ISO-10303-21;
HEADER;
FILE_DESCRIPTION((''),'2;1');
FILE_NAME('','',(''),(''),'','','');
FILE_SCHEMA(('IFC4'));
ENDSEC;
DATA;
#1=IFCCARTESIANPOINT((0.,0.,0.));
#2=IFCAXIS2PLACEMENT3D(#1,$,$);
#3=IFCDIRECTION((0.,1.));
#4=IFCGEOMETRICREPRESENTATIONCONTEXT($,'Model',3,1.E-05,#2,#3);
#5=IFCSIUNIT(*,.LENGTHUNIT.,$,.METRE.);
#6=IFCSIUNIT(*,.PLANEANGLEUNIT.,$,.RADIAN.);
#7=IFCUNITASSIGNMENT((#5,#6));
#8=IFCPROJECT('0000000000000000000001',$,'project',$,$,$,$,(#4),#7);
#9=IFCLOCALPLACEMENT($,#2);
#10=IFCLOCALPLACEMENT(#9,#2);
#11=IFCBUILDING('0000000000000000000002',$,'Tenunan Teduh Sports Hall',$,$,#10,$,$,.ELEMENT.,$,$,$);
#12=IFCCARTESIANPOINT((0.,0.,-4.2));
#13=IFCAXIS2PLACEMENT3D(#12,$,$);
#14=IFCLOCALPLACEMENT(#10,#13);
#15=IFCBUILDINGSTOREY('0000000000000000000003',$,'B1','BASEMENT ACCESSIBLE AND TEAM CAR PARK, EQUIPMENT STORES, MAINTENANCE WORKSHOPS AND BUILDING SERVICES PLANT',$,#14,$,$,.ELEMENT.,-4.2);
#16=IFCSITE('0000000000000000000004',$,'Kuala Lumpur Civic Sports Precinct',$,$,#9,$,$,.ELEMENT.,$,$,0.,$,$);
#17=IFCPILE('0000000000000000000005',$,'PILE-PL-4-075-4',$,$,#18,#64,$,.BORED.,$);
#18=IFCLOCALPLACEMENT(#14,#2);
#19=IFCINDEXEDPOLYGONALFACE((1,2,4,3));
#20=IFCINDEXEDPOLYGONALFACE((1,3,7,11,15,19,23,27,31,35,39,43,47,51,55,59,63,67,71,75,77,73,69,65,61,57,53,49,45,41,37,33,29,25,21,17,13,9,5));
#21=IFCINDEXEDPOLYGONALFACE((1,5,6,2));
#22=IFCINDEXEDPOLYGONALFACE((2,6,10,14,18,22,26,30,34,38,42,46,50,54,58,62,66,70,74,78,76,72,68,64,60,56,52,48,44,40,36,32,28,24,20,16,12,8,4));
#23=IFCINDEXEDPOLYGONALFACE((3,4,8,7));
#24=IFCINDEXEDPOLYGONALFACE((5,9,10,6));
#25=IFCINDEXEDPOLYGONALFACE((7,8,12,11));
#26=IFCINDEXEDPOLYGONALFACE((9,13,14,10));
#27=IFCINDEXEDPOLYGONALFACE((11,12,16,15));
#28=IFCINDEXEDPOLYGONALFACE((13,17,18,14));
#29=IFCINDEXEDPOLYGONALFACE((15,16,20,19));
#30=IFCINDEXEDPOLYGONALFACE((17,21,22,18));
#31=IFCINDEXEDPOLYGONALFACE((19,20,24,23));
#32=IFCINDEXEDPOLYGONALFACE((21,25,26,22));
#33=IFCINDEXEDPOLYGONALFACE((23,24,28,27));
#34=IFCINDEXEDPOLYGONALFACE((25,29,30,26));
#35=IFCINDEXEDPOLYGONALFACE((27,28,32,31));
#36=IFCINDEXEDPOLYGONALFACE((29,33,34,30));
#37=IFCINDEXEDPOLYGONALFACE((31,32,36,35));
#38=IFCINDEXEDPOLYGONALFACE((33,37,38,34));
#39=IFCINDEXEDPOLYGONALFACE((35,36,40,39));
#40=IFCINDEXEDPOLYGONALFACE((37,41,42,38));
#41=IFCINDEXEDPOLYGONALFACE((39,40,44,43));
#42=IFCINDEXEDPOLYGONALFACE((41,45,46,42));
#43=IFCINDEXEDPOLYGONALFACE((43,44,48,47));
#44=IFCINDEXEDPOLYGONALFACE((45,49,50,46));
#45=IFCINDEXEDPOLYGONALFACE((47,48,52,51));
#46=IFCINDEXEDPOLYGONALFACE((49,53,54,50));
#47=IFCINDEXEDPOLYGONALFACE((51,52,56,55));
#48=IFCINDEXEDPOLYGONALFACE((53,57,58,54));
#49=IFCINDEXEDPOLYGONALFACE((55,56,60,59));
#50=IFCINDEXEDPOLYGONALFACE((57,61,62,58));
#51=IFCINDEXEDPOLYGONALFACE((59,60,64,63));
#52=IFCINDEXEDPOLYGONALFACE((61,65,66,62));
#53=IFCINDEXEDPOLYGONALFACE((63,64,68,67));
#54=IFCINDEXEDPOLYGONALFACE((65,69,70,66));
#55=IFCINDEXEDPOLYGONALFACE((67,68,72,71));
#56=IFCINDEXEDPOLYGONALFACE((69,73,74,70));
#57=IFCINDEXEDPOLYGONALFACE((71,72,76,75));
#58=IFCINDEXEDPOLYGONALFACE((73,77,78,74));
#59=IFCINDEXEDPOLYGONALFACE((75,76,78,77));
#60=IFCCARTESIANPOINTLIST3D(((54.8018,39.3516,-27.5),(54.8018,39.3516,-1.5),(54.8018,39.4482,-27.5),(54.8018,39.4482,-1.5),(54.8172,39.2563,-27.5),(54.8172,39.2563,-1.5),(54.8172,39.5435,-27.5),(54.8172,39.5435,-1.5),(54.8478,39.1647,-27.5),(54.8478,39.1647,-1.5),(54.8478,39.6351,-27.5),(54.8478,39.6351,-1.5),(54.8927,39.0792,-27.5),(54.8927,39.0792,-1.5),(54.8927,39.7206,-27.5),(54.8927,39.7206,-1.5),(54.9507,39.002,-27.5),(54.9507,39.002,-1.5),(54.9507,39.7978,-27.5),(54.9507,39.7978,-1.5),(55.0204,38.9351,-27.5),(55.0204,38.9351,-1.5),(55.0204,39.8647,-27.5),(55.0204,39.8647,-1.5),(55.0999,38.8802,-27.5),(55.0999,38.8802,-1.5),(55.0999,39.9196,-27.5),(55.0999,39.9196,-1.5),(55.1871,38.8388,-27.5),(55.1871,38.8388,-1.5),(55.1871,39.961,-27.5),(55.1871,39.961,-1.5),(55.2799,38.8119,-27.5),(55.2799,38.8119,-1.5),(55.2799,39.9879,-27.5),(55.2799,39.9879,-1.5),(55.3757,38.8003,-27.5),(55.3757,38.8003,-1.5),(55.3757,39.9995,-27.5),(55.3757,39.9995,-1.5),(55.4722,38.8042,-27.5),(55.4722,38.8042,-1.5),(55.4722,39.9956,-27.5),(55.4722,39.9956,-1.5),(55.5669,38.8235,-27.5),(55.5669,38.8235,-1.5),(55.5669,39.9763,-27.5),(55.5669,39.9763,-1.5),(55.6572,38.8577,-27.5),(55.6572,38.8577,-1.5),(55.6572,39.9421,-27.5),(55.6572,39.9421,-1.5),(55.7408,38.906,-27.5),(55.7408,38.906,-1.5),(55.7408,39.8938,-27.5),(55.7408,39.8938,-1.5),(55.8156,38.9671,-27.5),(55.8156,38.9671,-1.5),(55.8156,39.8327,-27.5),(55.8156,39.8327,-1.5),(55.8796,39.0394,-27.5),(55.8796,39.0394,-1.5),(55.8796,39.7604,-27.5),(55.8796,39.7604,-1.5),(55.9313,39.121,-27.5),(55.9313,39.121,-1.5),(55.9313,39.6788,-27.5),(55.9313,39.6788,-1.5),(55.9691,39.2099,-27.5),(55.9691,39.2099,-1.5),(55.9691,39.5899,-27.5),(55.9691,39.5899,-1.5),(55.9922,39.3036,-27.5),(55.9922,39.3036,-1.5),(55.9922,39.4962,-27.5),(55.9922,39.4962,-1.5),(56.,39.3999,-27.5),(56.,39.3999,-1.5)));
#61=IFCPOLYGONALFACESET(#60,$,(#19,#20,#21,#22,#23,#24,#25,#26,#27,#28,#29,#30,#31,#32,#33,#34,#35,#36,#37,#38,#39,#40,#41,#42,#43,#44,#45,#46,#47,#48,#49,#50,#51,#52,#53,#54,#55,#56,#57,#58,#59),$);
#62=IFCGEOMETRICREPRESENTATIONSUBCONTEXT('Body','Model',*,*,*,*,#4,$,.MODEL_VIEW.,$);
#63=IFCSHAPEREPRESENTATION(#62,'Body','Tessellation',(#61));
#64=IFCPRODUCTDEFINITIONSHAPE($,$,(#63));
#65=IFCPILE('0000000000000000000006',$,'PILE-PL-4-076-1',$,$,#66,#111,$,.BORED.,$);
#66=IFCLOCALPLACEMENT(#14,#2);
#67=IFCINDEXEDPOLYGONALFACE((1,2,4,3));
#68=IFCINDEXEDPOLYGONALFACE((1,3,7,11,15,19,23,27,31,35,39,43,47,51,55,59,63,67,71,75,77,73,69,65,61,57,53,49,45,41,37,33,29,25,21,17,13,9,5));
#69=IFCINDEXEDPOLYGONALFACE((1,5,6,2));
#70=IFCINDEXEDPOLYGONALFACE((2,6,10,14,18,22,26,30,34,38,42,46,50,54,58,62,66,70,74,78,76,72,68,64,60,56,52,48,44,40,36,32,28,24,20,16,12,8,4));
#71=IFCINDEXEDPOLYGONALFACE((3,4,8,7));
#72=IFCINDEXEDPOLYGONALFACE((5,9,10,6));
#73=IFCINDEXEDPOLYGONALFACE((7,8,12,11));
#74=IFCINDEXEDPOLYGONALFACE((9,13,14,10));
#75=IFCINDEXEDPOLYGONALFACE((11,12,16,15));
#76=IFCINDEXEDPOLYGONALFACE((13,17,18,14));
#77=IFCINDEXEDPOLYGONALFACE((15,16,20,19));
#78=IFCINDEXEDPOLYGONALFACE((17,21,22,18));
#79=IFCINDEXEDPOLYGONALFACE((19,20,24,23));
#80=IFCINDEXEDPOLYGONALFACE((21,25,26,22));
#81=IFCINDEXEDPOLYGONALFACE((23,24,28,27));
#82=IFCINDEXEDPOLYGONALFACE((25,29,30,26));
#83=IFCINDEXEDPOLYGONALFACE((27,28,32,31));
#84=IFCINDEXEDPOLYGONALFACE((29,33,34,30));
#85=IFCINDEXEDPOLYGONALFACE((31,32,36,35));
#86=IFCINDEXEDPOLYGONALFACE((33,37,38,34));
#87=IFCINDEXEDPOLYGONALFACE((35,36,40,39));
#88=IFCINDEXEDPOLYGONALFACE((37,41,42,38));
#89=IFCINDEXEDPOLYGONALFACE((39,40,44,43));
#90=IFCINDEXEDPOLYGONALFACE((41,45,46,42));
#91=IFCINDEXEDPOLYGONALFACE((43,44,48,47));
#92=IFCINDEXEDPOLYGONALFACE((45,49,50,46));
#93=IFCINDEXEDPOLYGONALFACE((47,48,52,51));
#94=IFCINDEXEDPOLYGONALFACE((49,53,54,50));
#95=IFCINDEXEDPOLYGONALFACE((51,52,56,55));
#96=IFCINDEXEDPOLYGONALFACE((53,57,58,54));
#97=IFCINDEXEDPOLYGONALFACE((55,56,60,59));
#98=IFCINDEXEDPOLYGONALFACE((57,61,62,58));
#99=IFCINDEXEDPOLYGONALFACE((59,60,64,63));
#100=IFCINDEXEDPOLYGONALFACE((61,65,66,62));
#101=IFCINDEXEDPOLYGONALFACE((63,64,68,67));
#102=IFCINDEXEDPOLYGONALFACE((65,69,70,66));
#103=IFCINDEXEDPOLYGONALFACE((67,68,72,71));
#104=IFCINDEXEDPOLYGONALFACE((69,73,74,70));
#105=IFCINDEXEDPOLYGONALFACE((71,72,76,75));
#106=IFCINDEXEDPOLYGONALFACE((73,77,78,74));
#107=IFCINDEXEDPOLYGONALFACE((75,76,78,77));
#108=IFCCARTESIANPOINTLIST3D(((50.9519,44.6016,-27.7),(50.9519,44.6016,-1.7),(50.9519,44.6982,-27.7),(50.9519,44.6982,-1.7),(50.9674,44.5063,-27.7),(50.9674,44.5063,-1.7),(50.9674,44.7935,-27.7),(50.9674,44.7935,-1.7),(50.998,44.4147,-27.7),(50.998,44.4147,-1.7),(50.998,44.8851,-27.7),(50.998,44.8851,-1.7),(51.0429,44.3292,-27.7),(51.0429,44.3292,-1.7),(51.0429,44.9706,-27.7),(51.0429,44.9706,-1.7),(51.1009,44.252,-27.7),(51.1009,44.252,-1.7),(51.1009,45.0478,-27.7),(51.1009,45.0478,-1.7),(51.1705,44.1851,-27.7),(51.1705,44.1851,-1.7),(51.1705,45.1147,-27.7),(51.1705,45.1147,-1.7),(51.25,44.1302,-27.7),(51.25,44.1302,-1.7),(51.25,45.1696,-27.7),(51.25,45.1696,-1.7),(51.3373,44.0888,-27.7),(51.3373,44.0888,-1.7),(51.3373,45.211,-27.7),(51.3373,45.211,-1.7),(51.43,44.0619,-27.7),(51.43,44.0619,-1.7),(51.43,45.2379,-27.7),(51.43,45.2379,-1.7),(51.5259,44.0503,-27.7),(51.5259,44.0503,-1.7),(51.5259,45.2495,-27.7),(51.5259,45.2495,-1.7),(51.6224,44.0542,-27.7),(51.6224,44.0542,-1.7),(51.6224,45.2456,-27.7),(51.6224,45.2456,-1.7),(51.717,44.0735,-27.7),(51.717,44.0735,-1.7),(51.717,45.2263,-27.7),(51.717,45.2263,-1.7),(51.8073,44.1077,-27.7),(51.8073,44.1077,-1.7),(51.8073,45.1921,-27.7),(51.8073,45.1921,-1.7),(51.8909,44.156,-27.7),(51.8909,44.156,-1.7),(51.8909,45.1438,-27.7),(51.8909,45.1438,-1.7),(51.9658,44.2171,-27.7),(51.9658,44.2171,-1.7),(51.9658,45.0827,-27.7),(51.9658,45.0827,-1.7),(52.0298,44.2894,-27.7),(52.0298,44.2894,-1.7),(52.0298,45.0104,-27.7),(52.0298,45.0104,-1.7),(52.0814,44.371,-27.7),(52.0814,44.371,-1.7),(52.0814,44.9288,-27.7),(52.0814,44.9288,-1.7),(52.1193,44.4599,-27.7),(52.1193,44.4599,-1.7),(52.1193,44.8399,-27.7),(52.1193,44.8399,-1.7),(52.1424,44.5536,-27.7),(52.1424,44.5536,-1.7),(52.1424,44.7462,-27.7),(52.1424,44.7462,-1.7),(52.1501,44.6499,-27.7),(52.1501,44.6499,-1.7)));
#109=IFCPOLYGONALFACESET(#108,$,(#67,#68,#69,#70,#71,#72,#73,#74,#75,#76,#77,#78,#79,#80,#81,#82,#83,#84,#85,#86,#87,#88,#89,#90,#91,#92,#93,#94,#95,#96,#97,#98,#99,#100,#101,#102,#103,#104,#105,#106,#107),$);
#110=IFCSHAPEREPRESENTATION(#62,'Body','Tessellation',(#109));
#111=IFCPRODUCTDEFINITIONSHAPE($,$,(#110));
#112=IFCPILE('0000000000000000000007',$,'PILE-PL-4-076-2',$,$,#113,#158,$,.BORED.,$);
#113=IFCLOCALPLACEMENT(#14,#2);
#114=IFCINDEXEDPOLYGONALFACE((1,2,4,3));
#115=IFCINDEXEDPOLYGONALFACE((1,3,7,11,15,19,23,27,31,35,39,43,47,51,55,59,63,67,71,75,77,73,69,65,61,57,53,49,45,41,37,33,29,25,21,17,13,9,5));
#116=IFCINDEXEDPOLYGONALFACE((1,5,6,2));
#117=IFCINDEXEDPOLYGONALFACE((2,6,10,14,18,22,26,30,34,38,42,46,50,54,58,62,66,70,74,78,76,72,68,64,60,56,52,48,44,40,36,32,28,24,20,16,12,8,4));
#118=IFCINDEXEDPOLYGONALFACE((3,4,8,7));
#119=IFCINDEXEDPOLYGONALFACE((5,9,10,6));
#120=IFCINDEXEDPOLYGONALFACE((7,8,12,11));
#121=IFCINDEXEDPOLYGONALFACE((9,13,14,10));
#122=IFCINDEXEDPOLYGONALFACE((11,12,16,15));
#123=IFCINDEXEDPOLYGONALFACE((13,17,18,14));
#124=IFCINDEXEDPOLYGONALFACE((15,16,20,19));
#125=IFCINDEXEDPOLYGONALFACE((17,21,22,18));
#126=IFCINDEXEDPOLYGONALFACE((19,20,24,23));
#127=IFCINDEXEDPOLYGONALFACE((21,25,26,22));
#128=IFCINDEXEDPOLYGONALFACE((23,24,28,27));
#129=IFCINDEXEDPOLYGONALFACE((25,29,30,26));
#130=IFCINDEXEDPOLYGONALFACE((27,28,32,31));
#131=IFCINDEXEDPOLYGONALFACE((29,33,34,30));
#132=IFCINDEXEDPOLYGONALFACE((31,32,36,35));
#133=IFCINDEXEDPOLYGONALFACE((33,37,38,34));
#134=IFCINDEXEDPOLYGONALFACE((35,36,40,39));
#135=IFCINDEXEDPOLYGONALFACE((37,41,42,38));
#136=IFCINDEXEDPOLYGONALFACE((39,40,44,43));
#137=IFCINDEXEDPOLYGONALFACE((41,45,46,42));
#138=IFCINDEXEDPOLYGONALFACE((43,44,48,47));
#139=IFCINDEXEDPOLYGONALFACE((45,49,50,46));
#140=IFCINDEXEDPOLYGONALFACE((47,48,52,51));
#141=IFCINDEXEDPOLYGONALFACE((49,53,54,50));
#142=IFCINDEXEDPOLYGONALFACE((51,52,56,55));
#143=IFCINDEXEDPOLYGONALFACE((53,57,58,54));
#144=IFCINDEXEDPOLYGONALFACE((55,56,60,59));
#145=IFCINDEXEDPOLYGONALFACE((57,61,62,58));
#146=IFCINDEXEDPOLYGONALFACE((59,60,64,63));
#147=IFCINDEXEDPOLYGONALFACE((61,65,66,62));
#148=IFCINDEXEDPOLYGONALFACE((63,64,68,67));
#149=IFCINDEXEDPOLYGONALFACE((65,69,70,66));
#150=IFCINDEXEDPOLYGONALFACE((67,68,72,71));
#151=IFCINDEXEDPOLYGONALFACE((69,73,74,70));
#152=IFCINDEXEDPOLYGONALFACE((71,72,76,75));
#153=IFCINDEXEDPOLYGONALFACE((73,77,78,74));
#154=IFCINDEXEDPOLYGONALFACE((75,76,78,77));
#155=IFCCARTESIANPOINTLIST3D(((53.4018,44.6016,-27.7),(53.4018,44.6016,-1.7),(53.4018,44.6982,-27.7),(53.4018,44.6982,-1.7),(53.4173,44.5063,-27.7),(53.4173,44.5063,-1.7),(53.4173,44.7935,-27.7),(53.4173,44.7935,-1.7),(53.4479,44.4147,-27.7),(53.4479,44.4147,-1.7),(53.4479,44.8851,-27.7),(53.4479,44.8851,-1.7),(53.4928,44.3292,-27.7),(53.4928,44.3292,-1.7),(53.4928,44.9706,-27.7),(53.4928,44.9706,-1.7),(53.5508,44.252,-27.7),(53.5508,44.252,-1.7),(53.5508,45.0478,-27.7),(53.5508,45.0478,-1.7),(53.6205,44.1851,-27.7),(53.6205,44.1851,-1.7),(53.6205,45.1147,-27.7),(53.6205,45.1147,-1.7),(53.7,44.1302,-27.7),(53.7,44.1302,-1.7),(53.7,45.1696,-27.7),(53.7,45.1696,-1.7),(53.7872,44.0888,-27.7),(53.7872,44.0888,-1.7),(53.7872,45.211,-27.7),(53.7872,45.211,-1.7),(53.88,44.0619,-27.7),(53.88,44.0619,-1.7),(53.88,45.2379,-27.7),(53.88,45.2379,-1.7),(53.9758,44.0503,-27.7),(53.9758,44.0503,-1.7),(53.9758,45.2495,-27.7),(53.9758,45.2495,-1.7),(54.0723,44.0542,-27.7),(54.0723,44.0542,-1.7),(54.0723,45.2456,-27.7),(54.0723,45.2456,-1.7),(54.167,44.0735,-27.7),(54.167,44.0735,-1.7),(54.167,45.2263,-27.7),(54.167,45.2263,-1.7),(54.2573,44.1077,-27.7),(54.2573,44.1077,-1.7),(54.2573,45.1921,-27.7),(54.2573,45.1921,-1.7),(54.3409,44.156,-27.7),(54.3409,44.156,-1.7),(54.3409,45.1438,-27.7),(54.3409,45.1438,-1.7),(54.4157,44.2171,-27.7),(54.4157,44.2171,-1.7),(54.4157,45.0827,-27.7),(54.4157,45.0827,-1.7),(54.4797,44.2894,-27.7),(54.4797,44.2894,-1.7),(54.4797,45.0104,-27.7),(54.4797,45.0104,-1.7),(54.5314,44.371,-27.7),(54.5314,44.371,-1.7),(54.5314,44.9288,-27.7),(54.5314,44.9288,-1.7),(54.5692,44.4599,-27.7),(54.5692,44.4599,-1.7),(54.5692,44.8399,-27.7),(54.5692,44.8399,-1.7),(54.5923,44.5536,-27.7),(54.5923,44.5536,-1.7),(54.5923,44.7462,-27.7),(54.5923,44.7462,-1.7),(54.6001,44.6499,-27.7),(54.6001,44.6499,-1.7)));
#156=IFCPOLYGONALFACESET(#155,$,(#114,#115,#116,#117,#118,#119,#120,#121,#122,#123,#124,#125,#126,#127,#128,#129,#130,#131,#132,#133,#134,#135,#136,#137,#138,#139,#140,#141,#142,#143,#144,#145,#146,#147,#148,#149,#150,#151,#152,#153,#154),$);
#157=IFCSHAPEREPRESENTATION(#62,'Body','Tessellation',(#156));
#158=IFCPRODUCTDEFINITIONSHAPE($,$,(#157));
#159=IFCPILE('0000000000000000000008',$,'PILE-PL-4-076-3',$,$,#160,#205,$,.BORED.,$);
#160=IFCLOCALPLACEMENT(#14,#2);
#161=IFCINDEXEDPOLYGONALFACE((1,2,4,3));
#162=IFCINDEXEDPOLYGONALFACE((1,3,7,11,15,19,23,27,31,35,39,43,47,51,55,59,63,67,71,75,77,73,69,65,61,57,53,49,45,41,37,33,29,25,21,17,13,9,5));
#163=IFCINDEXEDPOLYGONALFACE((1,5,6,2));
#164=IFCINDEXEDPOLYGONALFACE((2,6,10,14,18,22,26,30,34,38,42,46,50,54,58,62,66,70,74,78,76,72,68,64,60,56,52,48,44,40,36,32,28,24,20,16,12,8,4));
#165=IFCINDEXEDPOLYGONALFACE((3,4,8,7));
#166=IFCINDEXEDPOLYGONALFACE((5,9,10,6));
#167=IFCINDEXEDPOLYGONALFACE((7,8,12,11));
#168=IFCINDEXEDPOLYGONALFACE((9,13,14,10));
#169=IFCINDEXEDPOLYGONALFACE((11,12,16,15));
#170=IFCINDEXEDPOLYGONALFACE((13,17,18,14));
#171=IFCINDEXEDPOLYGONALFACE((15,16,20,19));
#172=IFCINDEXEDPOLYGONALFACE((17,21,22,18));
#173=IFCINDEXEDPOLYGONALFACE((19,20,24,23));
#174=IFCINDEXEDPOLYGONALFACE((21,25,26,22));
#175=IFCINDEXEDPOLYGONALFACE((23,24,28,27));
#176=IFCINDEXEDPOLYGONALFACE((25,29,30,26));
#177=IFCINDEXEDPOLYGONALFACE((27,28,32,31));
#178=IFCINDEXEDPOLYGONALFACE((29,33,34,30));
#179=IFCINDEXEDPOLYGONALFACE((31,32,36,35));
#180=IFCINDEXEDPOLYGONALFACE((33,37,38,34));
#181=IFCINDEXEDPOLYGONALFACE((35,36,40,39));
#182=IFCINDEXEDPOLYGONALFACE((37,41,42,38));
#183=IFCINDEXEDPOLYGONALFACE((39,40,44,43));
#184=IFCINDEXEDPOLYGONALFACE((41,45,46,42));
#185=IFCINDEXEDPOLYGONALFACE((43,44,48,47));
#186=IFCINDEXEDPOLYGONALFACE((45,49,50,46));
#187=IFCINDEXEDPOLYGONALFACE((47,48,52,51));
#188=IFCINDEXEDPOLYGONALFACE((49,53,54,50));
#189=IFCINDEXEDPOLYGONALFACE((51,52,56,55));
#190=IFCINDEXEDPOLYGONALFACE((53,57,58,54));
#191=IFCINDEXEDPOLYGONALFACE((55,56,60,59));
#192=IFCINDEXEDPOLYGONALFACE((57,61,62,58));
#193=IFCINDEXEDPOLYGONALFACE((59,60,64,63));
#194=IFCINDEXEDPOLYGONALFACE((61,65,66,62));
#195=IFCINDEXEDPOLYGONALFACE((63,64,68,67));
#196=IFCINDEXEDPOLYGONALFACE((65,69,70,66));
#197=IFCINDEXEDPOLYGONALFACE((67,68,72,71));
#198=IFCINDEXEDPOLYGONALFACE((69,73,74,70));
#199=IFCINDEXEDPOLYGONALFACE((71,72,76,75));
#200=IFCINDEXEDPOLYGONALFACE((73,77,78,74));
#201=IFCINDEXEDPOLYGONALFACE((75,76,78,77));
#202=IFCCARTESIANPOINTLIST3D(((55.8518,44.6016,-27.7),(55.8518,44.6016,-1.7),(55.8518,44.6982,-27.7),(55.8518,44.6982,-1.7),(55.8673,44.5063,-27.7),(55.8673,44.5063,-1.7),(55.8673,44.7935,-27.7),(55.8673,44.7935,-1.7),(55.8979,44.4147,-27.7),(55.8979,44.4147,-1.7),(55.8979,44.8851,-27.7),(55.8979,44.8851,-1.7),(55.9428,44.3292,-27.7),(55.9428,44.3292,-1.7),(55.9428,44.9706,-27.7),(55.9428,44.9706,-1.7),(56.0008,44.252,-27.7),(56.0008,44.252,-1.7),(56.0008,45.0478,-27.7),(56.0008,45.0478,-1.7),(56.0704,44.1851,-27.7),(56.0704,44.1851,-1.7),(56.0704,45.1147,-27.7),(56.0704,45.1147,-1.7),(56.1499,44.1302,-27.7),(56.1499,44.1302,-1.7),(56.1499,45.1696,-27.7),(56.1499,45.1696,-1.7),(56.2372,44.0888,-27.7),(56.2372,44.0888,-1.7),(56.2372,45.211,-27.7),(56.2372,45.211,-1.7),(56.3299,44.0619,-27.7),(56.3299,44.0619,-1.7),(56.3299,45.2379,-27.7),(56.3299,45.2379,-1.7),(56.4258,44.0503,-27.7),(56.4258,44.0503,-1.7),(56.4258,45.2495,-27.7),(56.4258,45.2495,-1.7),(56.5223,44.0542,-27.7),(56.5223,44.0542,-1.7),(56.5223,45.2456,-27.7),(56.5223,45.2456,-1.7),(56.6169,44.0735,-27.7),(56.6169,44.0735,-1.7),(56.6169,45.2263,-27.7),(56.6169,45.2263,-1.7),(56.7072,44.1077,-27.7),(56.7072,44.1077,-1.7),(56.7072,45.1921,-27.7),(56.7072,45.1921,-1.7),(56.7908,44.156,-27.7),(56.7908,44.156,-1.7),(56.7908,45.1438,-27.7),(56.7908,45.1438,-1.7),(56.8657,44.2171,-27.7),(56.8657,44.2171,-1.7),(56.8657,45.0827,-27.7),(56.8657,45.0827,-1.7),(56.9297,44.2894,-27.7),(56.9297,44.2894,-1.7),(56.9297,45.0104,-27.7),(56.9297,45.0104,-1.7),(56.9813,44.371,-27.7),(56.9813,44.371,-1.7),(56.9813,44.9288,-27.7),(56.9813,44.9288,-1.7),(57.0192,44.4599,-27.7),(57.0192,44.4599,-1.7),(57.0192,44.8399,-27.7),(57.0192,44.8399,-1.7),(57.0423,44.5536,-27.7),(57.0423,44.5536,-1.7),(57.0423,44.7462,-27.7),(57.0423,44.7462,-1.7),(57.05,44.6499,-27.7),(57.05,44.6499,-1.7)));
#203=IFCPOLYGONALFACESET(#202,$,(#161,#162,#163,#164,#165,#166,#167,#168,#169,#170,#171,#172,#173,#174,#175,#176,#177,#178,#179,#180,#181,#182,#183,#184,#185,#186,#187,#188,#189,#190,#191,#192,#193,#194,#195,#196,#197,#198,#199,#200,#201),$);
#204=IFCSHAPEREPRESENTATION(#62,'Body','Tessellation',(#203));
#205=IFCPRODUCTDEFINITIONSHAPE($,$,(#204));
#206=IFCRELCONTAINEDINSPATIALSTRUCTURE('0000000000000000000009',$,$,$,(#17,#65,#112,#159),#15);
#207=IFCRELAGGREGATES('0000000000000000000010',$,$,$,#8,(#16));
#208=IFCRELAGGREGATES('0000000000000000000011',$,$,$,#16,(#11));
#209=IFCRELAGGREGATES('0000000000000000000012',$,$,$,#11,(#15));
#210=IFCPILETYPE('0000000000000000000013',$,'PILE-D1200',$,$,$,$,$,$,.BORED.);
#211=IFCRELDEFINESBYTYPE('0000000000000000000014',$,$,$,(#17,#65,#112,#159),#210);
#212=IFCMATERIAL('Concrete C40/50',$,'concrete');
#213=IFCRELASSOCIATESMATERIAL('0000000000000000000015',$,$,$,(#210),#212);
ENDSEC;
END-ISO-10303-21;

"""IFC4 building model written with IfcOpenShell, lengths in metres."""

from ifc_helpers import new_model, si_unit, direction, frame, origin, origin_2d, place, context, subcontext, project, spatial, circle, extrude, material, material_profile, profile_set, type_object, element, save


model = new_model("IFC4")

# Units and contexts
model_context = context("Model", 3, precision=1e-05, world=origin(), true_north=direction((0.0, 1.0)))
body_context = subcontext(model_context, "Body", "Model", "MODEL_VIEW")
ifc_project = project(units=[si_unit("LENGTHUNIT", "METRE"), si_unit("PLANEANGLEUNIT", "RADIAN")], contexts=[model_context])

# Site, building, storey
site_placement = place(None, origin())
site = spatial("IfcSite", under=ifc_project, at=site_placement, Name="Kuala Lumpur Civic Sports Precinct", CompositionType="ELEMENT", RefElevation=0.0)
building_placement = place(site_placement, origin())
building = spatial("IfcBuilding", under=site, at=building_placement, Name="Tenunan Teduh Sports Hall", CompositionType="ELEMENT")
storey_placement = place(building_placement, frame((0.0, 0.0, -4.2)))
storey = spatial("IfcBuildingStorey", under=building, at=storey_placement, Name="B1", Description="BASEMENT ACCESSIBLE AND TEAM CAR PARK, EQUIPMENT STORES, MAINTENANCE WORKSHOPS AND BUILDING SERVICES PLANT", CompositionType="ELEMENT", Elevation=-4.2)

# Piles
ifc_material_1 = material(Name="Concrete C40/50", Category="concrete")
ifc_material_profile_1 = material_profile(ifc_material_1, circle(Radius=0.6001, at=origin_2d()), Name="PILE D1200")
ifc_profile_set_1 = profile_set([ifc_material_profile_1], Name="Concrete C40/50")
pile_type_1 = type_object("IfcPileType", Name="PILE-D1200", PredefinedType="BORED", material=ifc_profile_set_1)
for number, where, z_axis, x_axis, name in (
    (1, (55.3999, 39.3999, -1.5), (0.0, 0.0, -1.0), (1.0, 0.0, 0.0), "PILE-PL-4-075-4"),
    (2, (51.55, 44.6499, -1.7), (0.0, 0.0, -1.0), (1.0, 0.0, 0.0), "PILE-PL-4-076-1"),
    (3, (54.0, 44.6499, -1.7), (0.0, 0.0, -1.0), (1.0, 0.0, 0.0), "PILE-PL-4-076-2"),
    (4, (56.45, 44.6499, -1.7), (0.0, 0.0, -1.0), (1.0, 0.0, 0.0), "PILE-PL-4-076-3"),
):
    element("IfcPile", number, at=place(storey_placement, frame(where, z_axis=z_axis, x_axis=x_axis)), inside=storey, type_object=pile_type_1, Name=name, PredefinedType="BORED", context=body_context, shape_type="SweptSolid", body=[
        extrude(circle(Radius=0.6001, at=origin_2d()), origin(), (0.0, 0.0, 1.0), 26.0),
    ])

save(model, "model.ifc")
